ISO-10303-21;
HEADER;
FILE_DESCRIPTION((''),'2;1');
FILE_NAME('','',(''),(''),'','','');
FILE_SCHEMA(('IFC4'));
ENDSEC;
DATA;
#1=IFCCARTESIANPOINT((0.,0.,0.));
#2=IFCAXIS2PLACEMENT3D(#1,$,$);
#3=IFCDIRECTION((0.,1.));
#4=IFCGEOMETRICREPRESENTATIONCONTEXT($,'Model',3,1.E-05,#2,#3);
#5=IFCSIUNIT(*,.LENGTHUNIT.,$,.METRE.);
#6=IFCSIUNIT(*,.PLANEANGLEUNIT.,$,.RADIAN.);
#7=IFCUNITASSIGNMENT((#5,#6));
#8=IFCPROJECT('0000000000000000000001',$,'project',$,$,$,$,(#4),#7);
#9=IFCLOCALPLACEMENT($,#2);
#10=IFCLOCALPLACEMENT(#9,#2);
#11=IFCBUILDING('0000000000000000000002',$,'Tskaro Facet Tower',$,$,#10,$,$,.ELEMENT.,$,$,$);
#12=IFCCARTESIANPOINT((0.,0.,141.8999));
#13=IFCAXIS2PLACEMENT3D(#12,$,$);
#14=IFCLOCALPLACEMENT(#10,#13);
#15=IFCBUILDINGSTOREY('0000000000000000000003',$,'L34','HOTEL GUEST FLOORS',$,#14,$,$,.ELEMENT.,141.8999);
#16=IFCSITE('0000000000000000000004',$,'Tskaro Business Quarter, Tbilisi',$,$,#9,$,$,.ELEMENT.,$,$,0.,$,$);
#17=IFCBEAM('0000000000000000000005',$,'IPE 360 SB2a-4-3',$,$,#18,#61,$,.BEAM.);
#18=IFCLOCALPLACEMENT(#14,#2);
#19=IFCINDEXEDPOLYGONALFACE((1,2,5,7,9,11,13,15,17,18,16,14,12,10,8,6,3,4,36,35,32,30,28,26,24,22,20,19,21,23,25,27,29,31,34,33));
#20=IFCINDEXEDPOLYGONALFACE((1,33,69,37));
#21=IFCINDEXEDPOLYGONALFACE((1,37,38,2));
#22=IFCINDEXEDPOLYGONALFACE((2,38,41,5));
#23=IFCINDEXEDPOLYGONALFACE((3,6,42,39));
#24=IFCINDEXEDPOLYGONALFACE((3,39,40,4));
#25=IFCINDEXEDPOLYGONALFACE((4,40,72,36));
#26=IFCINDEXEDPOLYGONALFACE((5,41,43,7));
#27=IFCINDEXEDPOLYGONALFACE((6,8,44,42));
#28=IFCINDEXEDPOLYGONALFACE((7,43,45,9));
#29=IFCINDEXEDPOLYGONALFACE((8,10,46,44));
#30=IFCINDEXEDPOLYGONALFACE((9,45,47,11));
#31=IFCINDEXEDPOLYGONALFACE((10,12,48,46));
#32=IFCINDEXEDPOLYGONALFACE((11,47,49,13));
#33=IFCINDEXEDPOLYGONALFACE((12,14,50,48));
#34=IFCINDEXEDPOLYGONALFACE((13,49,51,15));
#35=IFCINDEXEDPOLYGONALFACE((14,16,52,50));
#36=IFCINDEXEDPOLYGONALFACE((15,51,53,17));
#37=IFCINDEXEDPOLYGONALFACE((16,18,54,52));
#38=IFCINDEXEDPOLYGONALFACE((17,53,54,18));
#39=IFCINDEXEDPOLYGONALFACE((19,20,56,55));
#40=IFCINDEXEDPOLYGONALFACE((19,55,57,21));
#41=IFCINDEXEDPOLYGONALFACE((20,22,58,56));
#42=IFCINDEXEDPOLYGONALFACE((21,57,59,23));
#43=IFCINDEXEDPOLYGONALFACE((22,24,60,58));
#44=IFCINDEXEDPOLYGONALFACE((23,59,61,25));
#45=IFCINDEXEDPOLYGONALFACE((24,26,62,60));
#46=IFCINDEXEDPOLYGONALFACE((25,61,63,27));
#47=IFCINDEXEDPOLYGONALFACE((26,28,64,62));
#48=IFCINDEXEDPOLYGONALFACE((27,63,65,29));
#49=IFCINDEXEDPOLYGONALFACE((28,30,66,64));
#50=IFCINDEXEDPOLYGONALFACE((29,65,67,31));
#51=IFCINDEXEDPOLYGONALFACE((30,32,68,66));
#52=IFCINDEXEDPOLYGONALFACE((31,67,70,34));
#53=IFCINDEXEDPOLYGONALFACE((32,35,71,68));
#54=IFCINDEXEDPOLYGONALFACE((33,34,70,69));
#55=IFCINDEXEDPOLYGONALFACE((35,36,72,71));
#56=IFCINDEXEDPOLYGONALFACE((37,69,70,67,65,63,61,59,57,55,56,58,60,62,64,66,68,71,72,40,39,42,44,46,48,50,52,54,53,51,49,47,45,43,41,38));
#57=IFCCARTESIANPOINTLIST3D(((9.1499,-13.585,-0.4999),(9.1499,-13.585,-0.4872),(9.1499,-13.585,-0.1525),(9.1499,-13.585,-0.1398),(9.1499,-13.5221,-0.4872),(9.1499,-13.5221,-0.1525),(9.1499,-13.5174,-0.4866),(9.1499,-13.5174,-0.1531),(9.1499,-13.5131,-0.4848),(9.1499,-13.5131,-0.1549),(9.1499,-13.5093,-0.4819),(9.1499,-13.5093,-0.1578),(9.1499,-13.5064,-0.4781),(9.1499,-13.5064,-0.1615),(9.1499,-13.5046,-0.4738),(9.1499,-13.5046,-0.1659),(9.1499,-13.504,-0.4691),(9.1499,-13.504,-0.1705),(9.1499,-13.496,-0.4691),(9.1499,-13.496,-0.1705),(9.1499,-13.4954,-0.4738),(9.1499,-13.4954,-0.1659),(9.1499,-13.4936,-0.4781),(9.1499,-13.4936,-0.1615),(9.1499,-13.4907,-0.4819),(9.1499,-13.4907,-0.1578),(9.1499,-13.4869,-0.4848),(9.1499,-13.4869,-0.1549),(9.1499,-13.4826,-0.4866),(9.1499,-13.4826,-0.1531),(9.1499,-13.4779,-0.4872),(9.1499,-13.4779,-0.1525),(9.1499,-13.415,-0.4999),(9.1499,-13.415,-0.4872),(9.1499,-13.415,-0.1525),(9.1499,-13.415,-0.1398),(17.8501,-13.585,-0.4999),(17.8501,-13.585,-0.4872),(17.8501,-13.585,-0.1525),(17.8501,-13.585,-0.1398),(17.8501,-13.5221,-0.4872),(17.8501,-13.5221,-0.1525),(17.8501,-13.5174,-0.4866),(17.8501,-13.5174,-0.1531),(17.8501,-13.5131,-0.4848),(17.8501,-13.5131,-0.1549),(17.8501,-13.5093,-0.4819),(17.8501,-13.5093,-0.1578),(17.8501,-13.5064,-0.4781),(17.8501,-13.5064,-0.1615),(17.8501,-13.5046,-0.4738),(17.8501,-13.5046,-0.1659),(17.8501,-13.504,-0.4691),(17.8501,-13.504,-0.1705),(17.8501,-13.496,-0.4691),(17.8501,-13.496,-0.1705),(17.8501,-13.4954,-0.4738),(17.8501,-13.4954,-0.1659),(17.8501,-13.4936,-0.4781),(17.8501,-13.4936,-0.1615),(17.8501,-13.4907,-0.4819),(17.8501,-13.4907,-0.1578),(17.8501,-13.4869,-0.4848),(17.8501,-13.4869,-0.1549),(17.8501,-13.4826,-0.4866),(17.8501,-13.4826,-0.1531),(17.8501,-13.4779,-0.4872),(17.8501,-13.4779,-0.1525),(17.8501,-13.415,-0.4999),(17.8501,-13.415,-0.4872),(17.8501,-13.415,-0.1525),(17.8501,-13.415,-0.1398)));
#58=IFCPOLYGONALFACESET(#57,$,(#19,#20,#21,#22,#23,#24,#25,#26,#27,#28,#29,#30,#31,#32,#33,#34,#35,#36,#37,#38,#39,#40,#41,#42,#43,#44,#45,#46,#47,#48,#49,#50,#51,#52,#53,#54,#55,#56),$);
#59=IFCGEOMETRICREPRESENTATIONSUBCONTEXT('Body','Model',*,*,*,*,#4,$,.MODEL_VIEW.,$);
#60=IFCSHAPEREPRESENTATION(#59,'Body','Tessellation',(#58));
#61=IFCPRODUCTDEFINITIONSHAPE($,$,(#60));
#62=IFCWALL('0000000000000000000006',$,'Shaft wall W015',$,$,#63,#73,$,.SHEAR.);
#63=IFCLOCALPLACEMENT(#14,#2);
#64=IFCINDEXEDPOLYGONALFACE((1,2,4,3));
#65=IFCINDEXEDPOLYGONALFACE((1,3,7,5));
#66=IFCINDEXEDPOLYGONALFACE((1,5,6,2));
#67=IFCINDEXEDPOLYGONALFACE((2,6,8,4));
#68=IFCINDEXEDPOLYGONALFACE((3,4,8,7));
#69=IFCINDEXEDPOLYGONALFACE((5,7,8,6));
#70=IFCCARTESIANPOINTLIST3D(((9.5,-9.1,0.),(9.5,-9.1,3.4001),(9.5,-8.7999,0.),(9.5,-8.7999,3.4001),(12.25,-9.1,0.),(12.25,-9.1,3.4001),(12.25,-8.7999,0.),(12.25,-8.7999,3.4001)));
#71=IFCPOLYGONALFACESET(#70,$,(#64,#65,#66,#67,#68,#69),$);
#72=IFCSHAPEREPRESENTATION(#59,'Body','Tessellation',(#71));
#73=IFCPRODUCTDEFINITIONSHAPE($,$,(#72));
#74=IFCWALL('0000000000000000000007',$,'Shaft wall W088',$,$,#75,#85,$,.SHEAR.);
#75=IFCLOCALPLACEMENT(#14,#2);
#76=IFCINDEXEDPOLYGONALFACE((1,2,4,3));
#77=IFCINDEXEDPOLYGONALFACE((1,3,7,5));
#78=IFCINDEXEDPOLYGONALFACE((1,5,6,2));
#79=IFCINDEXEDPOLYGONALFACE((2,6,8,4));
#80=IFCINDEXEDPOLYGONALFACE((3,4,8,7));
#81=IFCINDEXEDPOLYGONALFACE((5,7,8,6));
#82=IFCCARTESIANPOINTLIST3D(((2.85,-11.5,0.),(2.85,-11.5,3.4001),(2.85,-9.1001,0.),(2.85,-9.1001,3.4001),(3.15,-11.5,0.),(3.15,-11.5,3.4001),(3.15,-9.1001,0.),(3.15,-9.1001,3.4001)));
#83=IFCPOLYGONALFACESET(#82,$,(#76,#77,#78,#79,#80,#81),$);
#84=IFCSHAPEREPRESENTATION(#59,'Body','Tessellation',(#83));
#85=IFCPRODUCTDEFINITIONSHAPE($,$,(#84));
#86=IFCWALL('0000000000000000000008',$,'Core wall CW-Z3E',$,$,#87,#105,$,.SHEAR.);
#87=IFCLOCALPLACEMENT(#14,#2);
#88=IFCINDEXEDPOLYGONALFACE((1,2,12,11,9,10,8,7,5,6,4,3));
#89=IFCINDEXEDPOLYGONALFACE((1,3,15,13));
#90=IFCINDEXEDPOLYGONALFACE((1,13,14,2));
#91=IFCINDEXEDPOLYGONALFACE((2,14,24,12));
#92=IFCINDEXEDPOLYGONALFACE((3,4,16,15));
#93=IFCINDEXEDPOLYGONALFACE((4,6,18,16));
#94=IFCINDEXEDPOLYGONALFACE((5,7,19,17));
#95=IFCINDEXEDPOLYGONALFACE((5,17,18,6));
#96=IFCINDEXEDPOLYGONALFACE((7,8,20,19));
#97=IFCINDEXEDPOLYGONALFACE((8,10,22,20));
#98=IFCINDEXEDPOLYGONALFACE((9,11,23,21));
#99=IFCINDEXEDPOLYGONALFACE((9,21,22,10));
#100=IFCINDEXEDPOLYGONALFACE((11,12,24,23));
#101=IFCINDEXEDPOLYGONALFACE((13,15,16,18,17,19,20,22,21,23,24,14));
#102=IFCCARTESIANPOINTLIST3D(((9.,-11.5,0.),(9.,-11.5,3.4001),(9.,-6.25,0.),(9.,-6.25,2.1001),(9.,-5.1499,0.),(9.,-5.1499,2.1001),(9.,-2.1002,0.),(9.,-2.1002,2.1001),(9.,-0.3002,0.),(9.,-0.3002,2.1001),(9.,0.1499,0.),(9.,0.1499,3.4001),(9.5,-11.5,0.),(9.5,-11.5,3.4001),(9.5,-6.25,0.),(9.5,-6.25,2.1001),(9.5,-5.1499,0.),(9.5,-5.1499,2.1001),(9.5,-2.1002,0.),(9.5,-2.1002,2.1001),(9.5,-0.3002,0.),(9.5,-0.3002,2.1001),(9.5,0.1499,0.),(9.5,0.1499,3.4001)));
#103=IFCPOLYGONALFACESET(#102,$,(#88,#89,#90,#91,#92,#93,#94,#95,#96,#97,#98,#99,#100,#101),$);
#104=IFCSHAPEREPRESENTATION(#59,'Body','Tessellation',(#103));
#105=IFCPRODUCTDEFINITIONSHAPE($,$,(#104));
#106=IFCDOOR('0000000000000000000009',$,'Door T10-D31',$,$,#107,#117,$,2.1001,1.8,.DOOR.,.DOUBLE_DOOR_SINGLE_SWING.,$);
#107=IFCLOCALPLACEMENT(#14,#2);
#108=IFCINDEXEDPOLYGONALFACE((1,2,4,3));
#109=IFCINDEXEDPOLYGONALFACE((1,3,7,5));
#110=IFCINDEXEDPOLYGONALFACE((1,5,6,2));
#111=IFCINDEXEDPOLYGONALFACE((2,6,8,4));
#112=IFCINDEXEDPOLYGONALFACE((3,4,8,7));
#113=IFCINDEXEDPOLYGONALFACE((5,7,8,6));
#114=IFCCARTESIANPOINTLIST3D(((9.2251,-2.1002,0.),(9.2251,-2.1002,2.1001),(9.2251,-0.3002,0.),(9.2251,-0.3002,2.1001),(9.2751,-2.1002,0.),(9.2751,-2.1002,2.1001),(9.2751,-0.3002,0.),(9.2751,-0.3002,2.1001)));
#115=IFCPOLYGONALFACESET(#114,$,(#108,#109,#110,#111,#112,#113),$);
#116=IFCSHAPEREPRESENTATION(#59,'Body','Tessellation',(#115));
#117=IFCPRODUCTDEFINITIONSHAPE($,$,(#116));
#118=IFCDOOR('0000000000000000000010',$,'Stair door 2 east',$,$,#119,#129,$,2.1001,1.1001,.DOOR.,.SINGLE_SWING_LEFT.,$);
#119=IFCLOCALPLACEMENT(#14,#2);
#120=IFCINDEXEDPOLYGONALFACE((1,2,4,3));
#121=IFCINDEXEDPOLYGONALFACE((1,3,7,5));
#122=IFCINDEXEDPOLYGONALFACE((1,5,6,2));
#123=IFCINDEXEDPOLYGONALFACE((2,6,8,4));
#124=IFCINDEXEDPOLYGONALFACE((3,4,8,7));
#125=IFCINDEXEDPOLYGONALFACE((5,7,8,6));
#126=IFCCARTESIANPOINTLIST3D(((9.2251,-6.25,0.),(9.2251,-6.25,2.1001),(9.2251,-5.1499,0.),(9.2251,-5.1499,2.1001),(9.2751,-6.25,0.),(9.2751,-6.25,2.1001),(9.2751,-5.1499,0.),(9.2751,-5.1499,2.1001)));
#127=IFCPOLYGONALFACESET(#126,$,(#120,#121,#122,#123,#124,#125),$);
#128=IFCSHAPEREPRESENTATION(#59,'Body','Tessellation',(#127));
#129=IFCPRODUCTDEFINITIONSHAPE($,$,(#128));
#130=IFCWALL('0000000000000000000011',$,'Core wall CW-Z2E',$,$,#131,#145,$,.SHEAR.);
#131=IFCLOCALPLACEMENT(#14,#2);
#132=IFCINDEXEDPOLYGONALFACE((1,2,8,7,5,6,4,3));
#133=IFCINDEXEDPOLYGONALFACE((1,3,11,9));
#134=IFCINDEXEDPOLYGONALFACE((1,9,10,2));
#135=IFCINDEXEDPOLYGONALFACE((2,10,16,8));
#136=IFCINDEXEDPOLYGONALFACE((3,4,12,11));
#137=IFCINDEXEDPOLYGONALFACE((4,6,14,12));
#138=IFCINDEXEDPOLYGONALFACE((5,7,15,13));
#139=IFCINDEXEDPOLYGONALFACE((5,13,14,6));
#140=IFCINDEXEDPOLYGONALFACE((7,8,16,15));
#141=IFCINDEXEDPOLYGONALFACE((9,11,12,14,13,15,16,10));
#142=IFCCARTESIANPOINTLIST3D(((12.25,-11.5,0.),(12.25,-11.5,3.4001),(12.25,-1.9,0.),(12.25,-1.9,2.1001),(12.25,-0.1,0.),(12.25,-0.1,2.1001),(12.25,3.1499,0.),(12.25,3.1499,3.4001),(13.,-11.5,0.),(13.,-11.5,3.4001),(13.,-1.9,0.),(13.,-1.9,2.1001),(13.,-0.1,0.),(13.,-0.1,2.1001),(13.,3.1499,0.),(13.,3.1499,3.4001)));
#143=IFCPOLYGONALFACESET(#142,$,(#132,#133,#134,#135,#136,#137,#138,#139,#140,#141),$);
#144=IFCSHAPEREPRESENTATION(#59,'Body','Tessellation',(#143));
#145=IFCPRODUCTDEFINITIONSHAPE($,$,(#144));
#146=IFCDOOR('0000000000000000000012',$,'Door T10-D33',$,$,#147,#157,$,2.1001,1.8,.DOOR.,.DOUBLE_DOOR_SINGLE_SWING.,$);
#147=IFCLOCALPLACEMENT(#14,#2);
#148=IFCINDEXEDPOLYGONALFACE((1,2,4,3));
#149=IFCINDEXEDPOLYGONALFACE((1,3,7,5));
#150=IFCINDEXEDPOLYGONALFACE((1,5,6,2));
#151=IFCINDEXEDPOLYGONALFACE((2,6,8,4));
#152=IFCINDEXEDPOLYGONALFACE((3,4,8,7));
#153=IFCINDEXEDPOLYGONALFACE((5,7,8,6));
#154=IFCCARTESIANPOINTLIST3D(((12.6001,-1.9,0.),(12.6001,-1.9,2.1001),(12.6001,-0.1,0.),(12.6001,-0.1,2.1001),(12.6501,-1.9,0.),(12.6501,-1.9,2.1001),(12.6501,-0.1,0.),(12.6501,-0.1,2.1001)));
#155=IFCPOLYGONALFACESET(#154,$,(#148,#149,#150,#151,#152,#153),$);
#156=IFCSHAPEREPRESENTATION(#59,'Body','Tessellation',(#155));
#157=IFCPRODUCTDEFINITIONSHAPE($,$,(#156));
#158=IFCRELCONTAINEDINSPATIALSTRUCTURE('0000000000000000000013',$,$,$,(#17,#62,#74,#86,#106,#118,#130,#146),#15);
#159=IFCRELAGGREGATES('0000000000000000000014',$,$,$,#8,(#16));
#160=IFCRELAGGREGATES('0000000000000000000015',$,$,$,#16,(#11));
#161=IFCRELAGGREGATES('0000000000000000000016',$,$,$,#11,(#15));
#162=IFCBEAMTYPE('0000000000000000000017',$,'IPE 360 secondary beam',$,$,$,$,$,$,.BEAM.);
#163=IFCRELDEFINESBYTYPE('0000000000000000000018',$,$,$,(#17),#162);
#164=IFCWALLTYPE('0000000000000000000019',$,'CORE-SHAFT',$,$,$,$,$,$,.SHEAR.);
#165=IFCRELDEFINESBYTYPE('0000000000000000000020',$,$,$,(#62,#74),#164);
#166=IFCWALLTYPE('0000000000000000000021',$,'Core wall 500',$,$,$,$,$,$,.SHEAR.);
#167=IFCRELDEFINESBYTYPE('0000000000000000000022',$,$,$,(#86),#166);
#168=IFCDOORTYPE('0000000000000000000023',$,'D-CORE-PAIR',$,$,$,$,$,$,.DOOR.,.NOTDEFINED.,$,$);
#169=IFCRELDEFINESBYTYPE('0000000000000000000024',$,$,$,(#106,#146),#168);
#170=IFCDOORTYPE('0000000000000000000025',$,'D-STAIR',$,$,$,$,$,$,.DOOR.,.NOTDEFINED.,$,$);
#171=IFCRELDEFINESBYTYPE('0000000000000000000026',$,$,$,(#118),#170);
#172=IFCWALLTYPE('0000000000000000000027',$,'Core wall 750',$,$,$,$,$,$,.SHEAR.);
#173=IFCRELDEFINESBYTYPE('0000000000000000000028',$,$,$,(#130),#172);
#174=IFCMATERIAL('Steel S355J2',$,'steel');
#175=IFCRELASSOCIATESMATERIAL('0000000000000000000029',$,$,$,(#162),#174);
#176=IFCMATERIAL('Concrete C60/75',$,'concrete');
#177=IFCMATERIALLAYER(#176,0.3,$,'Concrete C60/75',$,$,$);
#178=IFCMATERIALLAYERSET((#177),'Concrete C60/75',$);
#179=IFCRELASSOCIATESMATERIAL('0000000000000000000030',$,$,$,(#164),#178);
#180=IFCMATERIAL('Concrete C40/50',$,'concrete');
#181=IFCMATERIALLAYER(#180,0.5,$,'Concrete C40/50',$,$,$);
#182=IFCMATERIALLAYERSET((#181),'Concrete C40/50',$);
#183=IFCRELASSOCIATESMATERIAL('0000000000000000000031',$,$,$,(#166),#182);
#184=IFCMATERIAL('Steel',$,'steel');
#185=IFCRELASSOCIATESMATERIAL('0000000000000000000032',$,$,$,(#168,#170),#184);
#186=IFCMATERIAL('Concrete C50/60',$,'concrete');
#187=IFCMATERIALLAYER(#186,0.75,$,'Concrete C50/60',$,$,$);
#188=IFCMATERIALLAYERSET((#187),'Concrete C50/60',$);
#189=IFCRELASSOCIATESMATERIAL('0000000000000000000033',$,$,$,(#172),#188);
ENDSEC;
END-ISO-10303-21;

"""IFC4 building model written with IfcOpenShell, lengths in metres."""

from ifc_helpers import new_model, si_unit, direction, frame, frame_2d, origin, origin_2d, place, context, subcontext, project, spatial, rectangle, i_section, extrude, material, layer, layer_set, material_profile, profile_set, type_object, element, fill, save


model = new_model("IFC4")

# Units and contexts
model_context = context("Model", 3, precision=1e-05, world=origin(), true_north=direction((0.0, 1.0)))
body_context = subcontext(model_context, "Body", "Model", "MODEL_VIEW")
ifc_project = project(units=[si_unit("LENGTHUNIT", "METRE"), si_unit("PLANEANGLEUNIT", "RADIAN")], contexts=[model_context])

# Site, building, storey
site_placement = place(None, origin())
site = spatial("IfcSite", under=ifc_project, at=site_placement, Name="Tskaro Business Quarter, Tbilisi", CompositionType="ELEMENT", RefElevation=0.0)
building_placement = place(site_placement, origin())
building = spatial("IfcBuilding", under=site, at=building_placement, Name="Tskaro Facet Tower", CompositionType="ELEMENT")
storey_placement = place(building_placement, frame((0.0, 0.0, 141.8999)))
storey = spatial("IfcBuildingStorey", under=building, at=storey_placement, Name="L34", Description="HOTEL GUEST FLOORS", CompositionType="ELEMENT", Elevation=141.8999)

# Beam
ifc_material_1 = material(Name="Steel S355J2", Category="steel")
ifc_material_profile = material_profile(ifc_material_1, i_section(OverallWidth=0.1699, OverallDepth=0.3601, WebThickness=0.0081, FlangeThickness=0.0127, FilletRadius=0.0181, at=origin_2d()), Name="IPE 360")
ifc_profile_set = profile_set([ifc_material_profile], Name="Steel S355J2")
beam_type = type_object("IfcBeamType", Name="IPE 360 secondary beam", PredefinedType="BEAM", material=ifc_profile_set)
beam_placement = place(storey_placement, frame((9.1499, -13.5, -0.3198), z_axis=(1.0, 0.0, 0.0), x_axis=(0.0, 1.0, 0.0)))
element("IfcBeam", 1, at=beam_placement, inside=storey, type_object=beam_type, Name="IPE 360 SB2a-4-3", PredefinedType="BEAM", context=body_context, shape_type="SweptSolid", body=[
    extrude(i_section(OverallWidth=0.1699, OverallDepth=0.3601, WebThickness=0.0081, FlangeThickness=0.0127, FilletRadius=0.0181, at=origin_2d()), origin(), (0.0, 0.0, 1.0), 8.7002),
])

# Walls
ifc_material_2 = material(Name="Concrete C60/75", Category="concrete")
ifc_layer_1 = layer(ifc_material_2, 0.3, Name="Concrete C60/75")
ifc_layer_set_1 = layer_set([ifc_layer_1], Name="Concrete C60/75")
wall_type_1 = type_object("IfcWallType", Name="CORE-SHAFT", PredefinedType="SHEAR", material=ifc_layer_set_1)
wall_1_placement = place(storey_placement, frame((9.5, -8.95, 0.0), z_axis=(0.0, 0.0, 1.0), x_axis=(1.0, 0.0, 0.0)))
element("IfcWall", 2, at=wall_1_placement, inside=storey, type_object=wall_type_1, Name="Shaft wall W015", PredefinedType="SHEAR", context=body_context, shape_type="SweptSolid", body=[
    extrude(rectangle(XDim=2.75, YDim=0.3, at=frame_2d((1.375, 0.0))), origin(), (0.0, 0.0, 1.0), 3.4001),
])
wall_2_placement = place(storey_placement, frame((3.0, -11.5, 0.0), z_axis=(0.0, 0.0, 1.0), x_axis=(0.0, 1.0, 0.0)))
element("IfcWall", 3, at=wall_2_placement, inside=storey, type_object=wall_type_1, Name="Shaft wall W088", PredefinedType="SHEAR", context=body_context, shape_type="SweptSolid", body=[
    extrude(rectangle(XDim=2.3999, YDim=0.3, at=frame_2d((1.2, 0.0))), origin(), (0.0, 0.0, 1.0), 3.4001),
])

# Wall, openings, doors
ifc_material_3 = material(Name="Concrete C40/50", Category="concrete")
ifc_layer_2 = layer(ifc_material_3, 0.5, Name="Concrete C40/50")
ifc_layer_set_2 = layer_set([ifc_layer_2], Name="Concrete C40/50")
wall_type_2 = type_object("IfcWallType", Name="Core wall 500", PredefinedType="SHEAR", material=ifc_layer_set_2)
wall_3_placement = place(storey_placement, frame((9.25, -11.5, 0.0), z_axis=(0.0, 0.0, 1.0), x_axis=(0.0, 1.0, 0.0)))
wall_3 = element("IfcWall", 4, at=wall_3_placement, inside=storey, type_object=wall_type_2, Name="Core wall CW-Z3E", PredefinedType="SHEAR", context=body_context, shape_type="SweptSolid", body=[
    extrude(rectangle(XDim=11.6499, YDim=0.5, at=frame_2d((5.825, 0.0))), origin(), (0.0, 0.0, 1.0), 3.4001),
])
opening_1_placement = place(wall_3_placement, frame((9.3999, 0.0, 0.0)))
opening_1 = element("IfcOpeningElement", 5, at=opening_1_placement, cuts=wall_3, PredefinedType="OPENING", context=body_context, shape_type="SweptSolid", body=[
    extrude(rectangle(XDim=1.8, YDim=2.1001, at=frame_2d((0.8999, 1.05))), frame((0.0, 0.26, 0.0), z_axis=(0.0, -1.0, 0.0), x_axis=(1.0, 0.0, 0.0)), (0.0, 0.0, 1.0), 0.52),
])
opening_2_placement = place(wall_3_placement, frame((5.25, 0.0, 0.0)))
opening_2 = element("IfcOpeningElement", 6, at=opening_2_placement, cuts=wall_3, PredefinedType="OPENING", context=body_context, shape_type="SweptSolid", body=[
    extrude(rectangle(XDim=1.1001, YDim=2.1001, at=frame_2d((0.55, 1.05))), frame((0.0, 0.26, 0.0), z_axis=(0.0, -1.0, 0.0), x_axis=(1.0, 0.0, 0.0)), (0.0, 0.0, 1.0), 0.52),
])
ifc_material_4 = material(Name="Steel", Category="steel")
door_type_1 = type_object("IfcDoorType", Name="D-CORE-PAIR", OperationType="NOTDEFINED", PredefinedType="DOOR", material=ifc_material_4)
door_1_placement = place(opening_1_placement, origin())
door_1 = element("IfcDoor", 7, at=door_1_placement, inside=storey, type_object=door_type_1, Name="Door T10-D31", OperationType="DOUBLE_DOOR_SINGLE_SWING", OverallHeight=2.1001, OverallWidth=1.8, PredefinedType="DOOR", context=body_context, shape_type="SweptSolid", body=[
    extrude(rectangle(XDim=1.8, YDim=2.1001, at=frame_2d((0.8999, 1.05))), frame((0.0, 0.0249, 0.0), z_axis=(0.0, -1.0, 0.0), x_axis=(1.0, 0.0, 0.0)), (0.0, 0.0, 1.0), 0.05),
])
fill(opening_1, door_1)
door_type_2 = type_object("IfcDoorType", Name="D-STAIR", OperationType="NOTDEFINED", PredefinedType="DOOR", material=ifc_material_4)
door_2_placement = place(opening_2_placement, origin())
door_2 = element("IfcDoor", 8, at=door_2_placement, inside=storey, type_object=door_type_2, Name="Stair door 2 east", OperationType="SINGLE_SWING_LEFT", OverallHeight=2.1001, OverallWidth=1.1001, PredefinedType="DOOR", context=body_context, shape_type="SweptSolid", body=[
    extrude(rectangle(XDim=1.1001, YDim=2.1001, at=frame_2d((0.55, 1.05))), frame((0.0, 0.0249, 0.0), z_axis=(0.0, -1.0, 0.0), x_axis=(1.0, 0.0, 0.0)), (0.0, 0.0, 1.0), 0.05),
])
fill(opening_2, door_2)

# Wall, opening, door
ifc_material_5 = material(Name="Concrete C50/60", Category="concrete")
ifc_layer_3 = layer(ifc_material_5, 0.75, Name="Concrete C50/60")
ifc_layer_set_3 = layer_set([ifc_layer_3], Name="Concrete C50/60")
wall_type_3 = type_object("IfcWallType", Name="Core wall 750", PredefinedType="SHEAR", material=ifc_layer_set_3)
wall_4_placement = place(storey_placement, frame((12.625, -11.5, 0.0), z_axis=(0.0, 0.0, 1.0), x_axis=(0.0, 1.0, 0.0)))
wall_4 = element("IfcWall", 9, at=wall_4_placement, inside=storey, type_object=wall_type_3, Name="Core wall CW-Z2E", PredefinedType="SHEAR", context=body_context, shape_type="SweptSolid", body=[
    extrude(rectangle(XDim=14.6499, YDim=0.75, at=frame_2d((7.325, 0.0))), origin(), (0.0, 0.0, 1.0), 3.4001),
])
opening_3_placement = place(wall_4_placement, frame((9.6001, 0.0, 0.0)))
opening_3 = element("IfcOpeningElement", 10, at=opening_3_placement, cuts=wall_4, PredefinedType="OPENING", context=body_context, shape_type="SweptSolid", body=[
    extrude(rectangle(XDim=1.8, YDim=2.1001, at=frame_2d((0.8999, 1.05))), frame((0.0, 0.385, 0.0), z_axis=(0.0, -1.0, 0.0), x_axis=(1.0, 0.0, 0.0)), (0.0, 0.0, 1.0), 0.77),
])
door_3_placement = place(opening_3_placement, origin())
door_3 = element("IfcDoor", 11, at=door_3_placement, inside=storey, type_object=door_type_1, Name="Door T10-D33", OperationType="DOUBLE_DOOR_SINGLE_SWING", OverallHeight=2.1001, OverallWidth=1.8, PredefinedType="DOOR", context=body_context, shape_type="SweptSolid", body=[
    extrude(rectangle(XDim=1.8, YDim=2.1001, at=frame_2d((0.8999, 1.05))), frame((0.0, 0.0249, 0.0), z_axis=(0.0, -1.0, 0.0), x_axis=(1.0, 0.0, 0.0)), (0.0, 0.0, 1.0), 0.05),
])
fill(opening_3, door_3)

save(model, "model.ifc")
